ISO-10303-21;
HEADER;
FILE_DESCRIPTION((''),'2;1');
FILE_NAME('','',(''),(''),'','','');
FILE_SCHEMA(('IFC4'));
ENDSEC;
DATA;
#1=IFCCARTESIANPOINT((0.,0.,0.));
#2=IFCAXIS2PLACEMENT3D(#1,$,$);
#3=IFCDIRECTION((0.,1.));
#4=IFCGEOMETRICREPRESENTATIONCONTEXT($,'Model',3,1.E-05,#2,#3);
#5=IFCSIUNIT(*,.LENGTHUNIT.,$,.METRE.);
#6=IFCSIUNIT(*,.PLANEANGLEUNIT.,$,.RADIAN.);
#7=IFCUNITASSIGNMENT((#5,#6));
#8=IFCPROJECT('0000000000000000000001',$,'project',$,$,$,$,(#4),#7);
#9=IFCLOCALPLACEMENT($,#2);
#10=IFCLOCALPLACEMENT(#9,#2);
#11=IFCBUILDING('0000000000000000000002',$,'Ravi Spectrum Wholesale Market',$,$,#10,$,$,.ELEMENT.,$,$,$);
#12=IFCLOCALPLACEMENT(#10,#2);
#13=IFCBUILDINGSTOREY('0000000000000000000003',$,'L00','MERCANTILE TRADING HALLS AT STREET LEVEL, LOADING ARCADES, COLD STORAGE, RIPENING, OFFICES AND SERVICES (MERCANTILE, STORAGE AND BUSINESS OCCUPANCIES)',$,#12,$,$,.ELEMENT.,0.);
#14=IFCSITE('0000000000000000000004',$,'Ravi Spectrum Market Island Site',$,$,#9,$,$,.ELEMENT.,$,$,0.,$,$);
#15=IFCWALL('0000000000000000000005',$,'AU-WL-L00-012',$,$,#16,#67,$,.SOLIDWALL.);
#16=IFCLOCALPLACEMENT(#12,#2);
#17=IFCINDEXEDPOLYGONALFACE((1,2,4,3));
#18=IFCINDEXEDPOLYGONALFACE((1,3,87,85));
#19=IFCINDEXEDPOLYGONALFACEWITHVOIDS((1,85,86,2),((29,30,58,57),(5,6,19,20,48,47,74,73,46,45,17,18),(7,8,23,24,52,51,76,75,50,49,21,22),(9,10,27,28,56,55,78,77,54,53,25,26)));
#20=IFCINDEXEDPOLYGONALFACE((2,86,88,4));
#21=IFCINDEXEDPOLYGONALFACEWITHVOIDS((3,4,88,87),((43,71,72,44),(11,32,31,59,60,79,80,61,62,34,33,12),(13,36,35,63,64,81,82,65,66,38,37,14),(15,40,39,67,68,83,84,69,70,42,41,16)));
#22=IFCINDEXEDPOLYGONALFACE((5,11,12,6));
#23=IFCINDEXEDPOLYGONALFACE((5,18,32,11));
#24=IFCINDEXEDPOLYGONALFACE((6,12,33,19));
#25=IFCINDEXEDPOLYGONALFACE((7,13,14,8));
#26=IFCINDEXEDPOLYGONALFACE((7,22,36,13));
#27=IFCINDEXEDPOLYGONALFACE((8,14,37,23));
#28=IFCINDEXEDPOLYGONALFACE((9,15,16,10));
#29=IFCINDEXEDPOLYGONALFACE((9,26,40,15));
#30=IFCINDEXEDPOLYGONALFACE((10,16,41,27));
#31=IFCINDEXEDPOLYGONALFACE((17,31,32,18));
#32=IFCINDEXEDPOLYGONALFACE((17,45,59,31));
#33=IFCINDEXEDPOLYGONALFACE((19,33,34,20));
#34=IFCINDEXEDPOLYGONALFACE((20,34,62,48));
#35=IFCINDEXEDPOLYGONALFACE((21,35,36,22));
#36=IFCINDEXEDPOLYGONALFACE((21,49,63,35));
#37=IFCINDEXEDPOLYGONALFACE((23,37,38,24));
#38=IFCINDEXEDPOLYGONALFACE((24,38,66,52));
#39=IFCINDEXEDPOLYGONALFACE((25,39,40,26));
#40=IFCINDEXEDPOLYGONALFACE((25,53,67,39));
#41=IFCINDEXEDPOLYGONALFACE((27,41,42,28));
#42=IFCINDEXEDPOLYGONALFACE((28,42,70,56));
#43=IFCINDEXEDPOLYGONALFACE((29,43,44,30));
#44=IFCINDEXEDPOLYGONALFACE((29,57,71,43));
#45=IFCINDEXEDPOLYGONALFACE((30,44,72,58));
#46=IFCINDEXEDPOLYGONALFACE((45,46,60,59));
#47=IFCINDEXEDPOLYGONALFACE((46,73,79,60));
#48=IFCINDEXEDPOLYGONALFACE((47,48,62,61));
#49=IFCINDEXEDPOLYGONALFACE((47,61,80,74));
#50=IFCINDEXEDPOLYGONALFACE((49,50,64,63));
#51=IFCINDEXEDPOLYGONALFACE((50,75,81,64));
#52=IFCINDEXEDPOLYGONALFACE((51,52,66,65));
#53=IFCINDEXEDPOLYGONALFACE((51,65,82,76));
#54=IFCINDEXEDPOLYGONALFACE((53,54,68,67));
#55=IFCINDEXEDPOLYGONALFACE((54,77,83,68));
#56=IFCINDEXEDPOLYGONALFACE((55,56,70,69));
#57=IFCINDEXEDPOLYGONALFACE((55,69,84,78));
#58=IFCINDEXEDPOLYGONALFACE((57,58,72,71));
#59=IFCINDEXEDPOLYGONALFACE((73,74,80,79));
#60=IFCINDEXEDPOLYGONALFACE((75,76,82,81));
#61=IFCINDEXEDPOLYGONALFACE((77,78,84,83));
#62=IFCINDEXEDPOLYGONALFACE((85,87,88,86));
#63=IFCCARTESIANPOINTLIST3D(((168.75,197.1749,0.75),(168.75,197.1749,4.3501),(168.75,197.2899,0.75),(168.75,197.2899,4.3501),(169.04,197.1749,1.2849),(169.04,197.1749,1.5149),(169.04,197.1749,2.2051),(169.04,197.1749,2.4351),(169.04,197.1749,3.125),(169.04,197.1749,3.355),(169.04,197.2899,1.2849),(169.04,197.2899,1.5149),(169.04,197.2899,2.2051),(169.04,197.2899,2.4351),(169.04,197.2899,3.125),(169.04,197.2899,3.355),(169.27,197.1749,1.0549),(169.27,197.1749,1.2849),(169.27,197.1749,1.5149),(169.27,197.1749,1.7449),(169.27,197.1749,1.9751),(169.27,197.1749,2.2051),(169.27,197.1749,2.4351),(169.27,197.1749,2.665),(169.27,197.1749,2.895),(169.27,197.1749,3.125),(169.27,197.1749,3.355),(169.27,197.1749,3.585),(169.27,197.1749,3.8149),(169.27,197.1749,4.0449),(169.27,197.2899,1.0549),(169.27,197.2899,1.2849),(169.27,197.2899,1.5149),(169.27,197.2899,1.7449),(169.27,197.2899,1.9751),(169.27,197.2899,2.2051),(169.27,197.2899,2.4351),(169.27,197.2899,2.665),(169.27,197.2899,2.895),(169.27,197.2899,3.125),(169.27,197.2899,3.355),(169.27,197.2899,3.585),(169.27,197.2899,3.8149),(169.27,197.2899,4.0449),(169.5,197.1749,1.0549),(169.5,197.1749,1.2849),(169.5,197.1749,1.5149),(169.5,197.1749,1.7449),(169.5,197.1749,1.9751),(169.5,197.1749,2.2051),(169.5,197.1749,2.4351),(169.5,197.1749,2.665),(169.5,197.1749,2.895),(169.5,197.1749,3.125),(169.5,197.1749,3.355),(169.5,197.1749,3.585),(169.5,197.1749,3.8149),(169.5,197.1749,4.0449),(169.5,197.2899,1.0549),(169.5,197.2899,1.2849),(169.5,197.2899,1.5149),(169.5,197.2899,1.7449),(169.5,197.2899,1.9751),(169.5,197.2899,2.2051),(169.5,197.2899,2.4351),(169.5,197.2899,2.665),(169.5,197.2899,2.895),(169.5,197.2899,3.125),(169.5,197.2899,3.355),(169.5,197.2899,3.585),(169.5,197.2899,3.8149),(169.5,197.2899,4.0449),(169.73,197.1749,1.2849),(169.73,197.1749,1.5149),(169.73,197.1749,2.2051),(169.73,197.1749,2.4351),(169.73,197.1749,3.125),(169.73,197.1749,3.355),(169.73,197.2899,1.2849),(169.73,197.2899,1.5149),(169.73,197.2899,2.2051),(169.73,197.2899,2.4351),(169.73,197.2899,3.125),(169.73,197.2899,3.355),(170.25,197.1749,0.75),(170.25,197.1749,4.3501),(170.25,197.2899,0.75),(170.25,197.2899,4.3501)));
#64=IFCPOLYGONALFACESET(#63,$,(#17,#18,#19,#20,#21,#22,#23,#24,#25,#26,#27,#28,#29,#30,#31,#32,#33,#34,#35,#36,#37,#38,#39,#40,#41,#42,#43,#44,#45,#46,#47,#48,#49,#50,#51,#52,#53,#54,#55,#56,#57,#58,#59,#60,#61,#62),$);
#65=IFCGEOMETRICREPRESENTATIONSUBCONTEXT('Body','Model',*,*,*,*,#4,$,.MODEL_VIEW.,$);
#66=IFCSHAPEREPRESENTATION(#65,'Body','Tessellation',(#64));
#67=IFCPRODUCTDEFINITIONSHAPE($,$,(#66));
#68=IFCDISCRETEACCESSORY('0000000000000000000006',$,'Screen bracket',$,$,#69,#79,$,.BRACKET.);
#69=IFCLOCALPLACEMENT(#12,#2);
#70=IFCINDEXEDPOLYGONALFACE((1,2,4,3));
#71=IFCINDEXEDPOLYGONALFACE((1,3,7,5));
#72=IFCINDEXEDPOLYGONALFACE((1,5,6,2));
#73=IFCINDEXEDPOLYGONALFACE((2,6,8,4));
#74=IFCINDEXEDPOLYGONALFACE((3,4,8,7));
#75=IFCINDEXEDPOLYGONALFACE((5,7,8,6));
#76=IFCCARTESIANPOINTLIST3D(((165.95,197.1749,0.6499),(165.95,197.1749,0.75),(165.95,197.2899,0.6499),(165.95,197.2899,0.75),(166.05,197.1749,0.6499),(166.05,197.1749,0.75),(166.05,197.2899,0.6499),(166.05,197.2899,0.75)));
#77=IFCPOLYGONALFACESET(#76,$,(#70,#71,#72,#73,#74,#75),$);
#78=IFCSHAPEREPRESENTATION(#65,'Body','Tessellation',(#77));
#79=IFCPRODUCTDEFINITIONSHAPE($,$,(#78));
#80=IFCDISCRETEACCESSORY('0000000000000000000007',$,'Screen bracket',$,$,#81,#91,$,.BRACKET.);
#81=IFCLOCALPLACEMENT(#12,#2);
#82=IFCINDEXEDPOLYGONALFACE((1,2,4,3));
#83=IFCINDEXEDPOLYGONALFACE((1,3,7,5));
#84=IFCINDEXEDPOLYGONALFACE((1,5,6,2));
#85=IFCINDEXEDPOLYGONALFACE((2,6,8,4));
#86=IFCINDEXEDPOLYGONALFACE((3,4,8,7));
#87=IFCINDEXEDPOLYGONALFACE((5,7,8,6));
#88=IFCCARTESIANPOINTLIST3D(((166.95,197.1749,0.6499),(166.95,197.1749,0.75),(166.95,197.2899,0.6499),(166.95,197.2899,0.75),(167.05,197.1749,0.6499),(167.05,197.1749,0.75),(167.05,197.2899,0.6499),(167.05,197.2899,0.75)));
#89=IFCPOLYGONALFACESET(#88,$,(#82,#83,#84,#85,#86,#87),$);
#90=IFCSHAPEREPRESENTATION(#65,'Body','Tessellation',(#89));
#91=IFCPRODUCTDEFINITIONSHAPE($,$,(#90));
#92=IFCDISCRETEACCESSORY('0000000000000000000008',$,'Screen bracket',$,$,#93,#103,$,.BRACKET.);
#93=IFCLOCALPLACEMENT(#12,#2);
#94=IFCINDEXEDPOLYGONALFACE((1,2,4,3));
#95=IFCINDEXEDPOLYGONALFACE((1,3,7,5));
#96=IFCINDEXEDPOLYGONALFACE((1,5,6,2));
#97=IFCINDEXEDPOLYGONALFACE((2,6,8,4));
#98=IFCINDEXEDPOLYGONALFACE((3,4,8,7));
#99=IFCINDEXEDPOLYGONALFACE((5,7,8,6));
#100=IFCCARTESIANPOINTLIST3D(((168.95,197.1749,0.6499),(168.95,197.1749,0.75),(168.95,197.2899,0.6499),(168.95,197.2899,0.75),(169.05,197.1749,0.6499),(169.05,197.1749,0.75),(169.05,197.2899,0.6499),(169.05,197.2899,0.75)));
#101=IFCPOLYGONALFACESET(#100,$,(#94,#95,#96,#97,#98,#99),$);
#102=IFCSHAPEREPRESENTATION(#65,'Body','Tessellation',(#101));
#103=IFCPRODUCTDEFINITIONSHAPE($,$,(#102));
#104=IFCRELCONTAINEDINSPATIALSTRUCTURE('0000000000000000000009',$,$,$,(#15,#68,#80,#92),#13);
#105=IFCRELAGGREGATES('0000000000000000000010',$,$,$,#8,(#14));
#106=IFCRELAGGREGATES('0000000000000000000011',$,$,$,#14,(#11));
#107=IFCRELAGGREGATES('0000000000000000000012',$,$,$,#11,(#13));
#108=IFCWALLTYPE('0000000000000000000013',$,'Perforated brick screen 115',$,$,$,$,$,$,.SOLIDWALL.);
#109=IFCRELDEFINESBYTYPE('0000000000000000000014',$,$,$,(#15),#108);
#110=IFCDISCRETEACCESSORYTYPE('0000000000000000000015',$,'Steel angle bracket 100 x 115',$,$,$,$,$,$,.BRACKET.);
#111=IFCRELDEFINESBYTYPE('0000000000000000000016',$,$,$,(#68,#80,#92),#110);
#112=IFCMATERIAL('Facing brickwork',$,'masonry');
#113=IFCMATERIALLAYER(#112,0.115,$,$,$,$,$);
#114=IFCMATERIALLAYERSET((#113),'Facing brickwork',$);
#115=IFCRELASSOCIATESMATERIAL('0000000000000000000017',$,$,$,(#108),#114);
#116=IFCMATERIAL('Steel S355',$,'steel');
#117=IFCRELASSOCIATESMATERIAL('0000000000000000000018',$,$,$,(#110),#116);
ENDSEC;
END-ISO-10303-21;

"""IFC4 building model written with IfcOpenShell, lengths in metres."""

from ifc_helpers import new_model, si_unit, direction, frame, frame_2d, origin, origin_2d, place, context, subcontext, project, spatial, rectangle, extrude, material, layer, layer_set, type_object, element, save


model = new_model("IFC4")

# Units and contexts
model_context = context("Model", 3, precision=1e-05, world=origin(), true_north=direction((0.0, 1.0)))
body_context = subcontext(model_context, "Body", "Model", "MODEL_VIEW")
ifc_project = project(units=[si_unit("LENGTHUNIT", "METRE"), si_unit("PLANEANGLEUNIT", "RADIAN")], contexts=[model_context])

# Site, building, storey
site_placement = place(None, origin())
site = spatial("IfcSite", under=ifc_project, at=site_placement, Name="Ravi Spectrum Market Island Site", CompositionType="ELEMENT", RefElevation=0.0)
building_placement = place(site_placement, origin())
building = spatial("IfcBuilding", under=site, at=building_placement, Name="Ravi Spectrum Wholesale Market", CompositionType="ELEMENT")
storey_placement = place(building_placement, origin())
storey = spatial("IfcBuildingStorey", under=building, at=storey_placement, Name="L00", Description="MERCANTILE TRADING HALLS AT STREET LEVEL, LOADING ARCADES, COLD STORAGE, RIPENING, OFFICES AND SERVICES (MERCANTILE, STORAGE AND BUSINESS OCCUPANCIES)", CompositionType="ELEMENT", Elevation=0.0)

# Wall, openings
ifc_material_1 = material(Name="Facing brickwork", Category="masonry")
ifc_layer = layer(ifc_material_1, 0.115)
ifc_layer_set = layer_set([ifc_layer], Name="Facing brickwork")
wall_type = type_object("IfcWallType", Name="Perforated brick screen 115", PredefinedType="SOLIDWALL", material=ifc_layer_set)
wall_placement = place(storey_placement, frame((168.75, 197.2324, 0.75), z_axis=(0.0, 0.0, 1.0), x_axis=(1.0, 0.0, 0.0)))
wall = element("IfcWall", 1, at=wall_placement, inside=storey, type_object=wall_type, Name="AU-WL-L00-012", PredefinedType="SOLIDWALL", context=body_context, shape_type="SweptSolid", body=[
    extrude(rectangle(XDim=1.5, YDim=0.115, at=frame_2d((0.75, 0.0))), origin(), (0.0, 0.0, 1.0), 3.6001),
])
opening_1_placement = place(wall_placement, frame((0.52, 0.0, 0.3049)))
element("IfcOpeningElement", 2, at=opening_1_placement, cuts=wall, PredefinedType="OPENING", context=body_context, shape_type="SweptSolid", body=[
    extrude(rectangle(XDim=0.23, YDim=0.23, at=frame_2d((0.115, 0.115))), frame((0.0, 0.0674, 0.0), z_axis=(0.0, -1.0, 0.0), x_axis=(1.0, 0.0, 0.0)), (0.0, 0.0, 1.0), 0.135),
])
opening_2_placement = place(wall_placement, frame((0.29, 0.0, 0.5349)))
element("IfcOpeningElement", 3, at=opening_2_placement, cuts=wall, PredefinedType="OPENING", context=body_context, shape_type="SweptSolid", body=[
    extrude(rectangle(XDim=0.23, YDim=0.23, at=frame_2d((0.115, 0.115))), frame((0.0, 0.0674, 0.0), z_axis=(0.0, -1.0, 0.0), x_axis=(1.0, 0.0, 0.0)), (0.0, 0.0, 1.0), 0.135),
])
opening_3_placement = place(wall_placement, frame((0.52, 0.0, 0.5349)))
element("IfcOpeningElement", 4, at=opening_3_placement, cuts=wall, PredefinedType="OPENING", context=body_context, shape_type="SweptSolid", body=[
    extrude(rectangle(XDim=0.23, YDim=0.23, at=frame_2d((0.115, 0.115))), frame((0.0, 0.0674, 0.0), z_axis=(0.0, -1.0, 0.0), x_axis=(1.0, 0.0, 0.0)), (0.0, 0.0, 1.0), 0.135),
])
opening_4_placement = place(wall_placement, frame((0.75, 0.0, 0.5349)))
element("IfcOpeningElement", 5, at=opening_4_placement, cuts=wall, PredefinedType="OPENING", context=body_context, shape_type="SweptSolid", body=[
    extrude(rectangle(XDim=0.23, YDim=0.23, at=frame_2d((0.115, 0.115))), frame((0.0, 0.0674, 0.0), z_axis=(0.0, -1.0, 0.0), x_axis=(1.0, 0.0, 0.0)), (0.0, 0.0, 1.0), 0.135),
])
opening_5_placement = place(wall_placement, frame((0.52, 0.0, 0.7649)))
element("IfcOpeningElement", 6, at=opening_5_placement, cuts=wall, PredefinedType="OPENING", context=body_context, shape_type="SweptSolid", body=[
    extrude(rectangle(XDim=0.23, YDim=0.23, at=frame_2d((0.115, 0.115))), frame((0.0, 0.0674, 0.0), z_axis=(0.0, -1.0, 0.0), x_axis=(1.0, 0.0, 0.0)), (0.0, 0.0, 1.0), 0.135),
])
opening_6_placement = place(wall_placement, frame((0.52, 0.0, 1.2251)))
element("IfcOpeningElement", 7, at=opening_6_placement, cuts=wall, PredefinedType="OPENING", context=body_context, shape_type="SweptSolid", body=[
    extrude(rectangle(XDim=0.23, YDim=0.23, at=frame_2d((0.115, 0.115))), frame((0.0, 0.0674, 0.0), z_axis=(0.0, -1.0, 0.0), x_axis=(1.0, 0.0, 0.0)), (0.0, 0.0, 1.0), 0.135),
])
opening_7_placement = place(wall_placement, frame((0.29, 0.0, 1.4551)))
element("IfcOpeningElement", 8, at=opening_7_placement, cuts=wall, PredefinedType="OPENING", context=body_context, shape_type="SweptSolid", body=[
    extrude(rectangle(XDim=0.23, YDim=0.23, at=frame_2d((0.115, 0.115))), frame((0.0, 0.0674, 0.0), z_axis=(0.0, -1.0, 0.0), x_axis=(1.0, 0.0, 0.0)), (0.0, 0.0, 1.0), 0.135),
])
opening_8_placement = place(wall_placement, frame((0.52, 0.0, 1.4551)))
element("IfcOpeningElement", 9, at=opening_8_placement, cuts=wall, PredefinedType="OPENING", context=body_context, shape_type="SweptSolid", body=[
    extrude(rectangle(XDim=0.23, YDim=0.23, at=frame_2d((0.115, 0.115))), frame((0.0, 0.0674, 0.0), z_axis=(0.0, -1.0, 0.0), x_axis=(1.0, 0.0, 0.0)), (0.0, 0.0, 1.0), 0.135),
])
opening_9_placement = place(wall_placement, frame((0.75, 0.0, 1.4551)))
element("IfcOpeningElement", 10, at=opening_9_placement, cuts=wall, PredefinedType="OPENING", context=body_context, shape_type="SweptSolid", body=[
    extrude(rectangle(XDim=0.23, YDim=0.23, at=frame_2d((0.115, 0.115))), frame((0.0, 0.0674, 0.0), z_axis=(0.0, -1.0, 0.0), x_axis=(1.0, 0.0, 0.0)), (0.0, 0.0, 1.0), 0.135),
])
opening_10_placement = place(wall_placement, frame((0.52, 0.0, 1.6851)))
element("IfcOpeningElement", 11, at=opening_10_placement, cuts=wall, PredefinedType="OPENING", context=body_context, shape_type="SweptSolid", body=[
    extrude(rectangle(XDim=0.23, YDim=0.23, at=frame_2d((0.115, 0.115))), frame((0.0, 0.0674, 0.0), z_axis=(0.0, -1.0, 0.0), x_axis=(1.0, 0.0, 0.0)), (0.0, 0.0, 1.0), 0.135),
])
opening_11_placement = place(wall_placement, frame((0.52, 0.0, 2.145)))
element("IfcOpeningElement", 12, at=opening_11_placement, cuts=wall, PredefinedType="OPENING", context=body_context, shape_type="SweptSolid", body=[
    extrude(rectangle(XDim=0.23, YDim=0.23, at=frame_2d((0.115, 0.115))), frame((0.0, 0.0674, 0.0), z_axis=(0.0, -1.0, 0.0), x_axis=(1.0, 0.0, 0.0)), (0.0, 0.0, 1.0), 0.135),
])
opening_12_placement = place(wall_placement, frame((0.29, 0.0, 2.375)))
element("IfcOpeningElement", 13, at=opening_12_placement, cuts=wall, PredefinedType="OPENING", context=body_context, shape_type="SweptSolid", body=[
    extrude(rectangle(XDim=0.23, YDim=0.23, at=frame_2d((0.115, 0.115))), frame((0.0, 0.0674, 0.0), z_axis=(0.0, -1.0, 0.0), x_axis=(1.0, 0.0, 0.0)), (0.0, 0.0, 1.0), 0.135),
])
opening_13_placement = place(wall_placement, frame((0.52, 0.0, 2.375)))
element("IfcOpeningElement", 14, at=opening_13_placement, cuts=wall, PredefinedType="OPENING", context=body_context, shape_type="SweptSolid", body=[
    extrude(rectangle(XDim=0.23, YDim=0.23, at=frame_2d((0.115, 0.115))), frame((0.0, 0.0674, 0.0), z_axis=(0.0, -1.0, 0.0), x_axis=(1.0, 0.0, 0.0)), (0.0, 0.0, 1.0), 0.135),
])
opening_14_placement = place(wall_placement, frame((0.75, 0.0, 2.375)))
element("IfcOpeningElement", 15, at=opening_14_placement, cuts=wall, PredefinedType="OPENING", context=body_context, shape_type="SweptSolid", body=[
    extrude(rectangle(XDim=0.23, YDim=0.23, at=frame_2d((0.115, 0.115))), frame((0.0, 0.0674, 0.0), z_axis=(0.0, -1.0, 0.0), x_axis=(1.0, 0.0, 0.0)), (0.0, 0.0, 1.0), 0.135),
])
opening_15_placement = place(wall_placement, frame((0.52, 0.0, 2.605)))
element("IfcOpeningElement", 16, at=opening_15_placement, cuts=wall, PredefinedType="OPENING", context=body_context, shape_type="SweptSolid", body=[
    extrude(rectangle(XDim=0.23, YDim=0.23, at=frame_2d((0.115, 0.115))), frame((0.0, 0.0674, 0.0), z_axis=(0.0, -1.0, 0.0), x_axis=(1.0, 0.0, 0.0)), (0.0, 0.0, 1.0), 0.135),
])
opening_16_placement = place(wall_placement, frame((0.52, 0.0, 3.0649)))
element("IfcOpeningElement", 17, at=opening_16_placement, cuts=wall, PredefinedType="OPENING", context=body_context, shape_type="SweptSolid", body=[
    extrude(rectangle(XDim=0.23, YDim=0.23, at=frame_2d((0.115, 0.115))), frame((0.0, 0.0674, 0.0), z_axis=(0.0, -1.0, 0.0), x_axis=(1.0, 0.0, 0.0)), (0.0, 0.0, 1.0), 0.135),
])

# Discrete accessories
ifc_material_2 = material(Name="Steel S355", Category="steel")
discrete_accessory_type = type_object("IfcDiscreteAccessoryType", Name="Steel angle bracket 100 x 115", PredefinedType="BRACKET", material=ifc_material_2)
for number, where, z_axis, x_axis, name in (
    (18, (166.0, 197.2324, 0.6499), (0.0, 0.0, 1.0), (1.0, 0.0, 0.0), "Screen bracket"),
    (19, (167.0, 197.2324, 0.6499), (0.0, 0.0, 1.0), (1.0, 0.0, 0.0), "Screen bracket"),
    (20, (169.0, 197.2324, 0.6499), (0.0, 0.0, 1.0), (1.0, 0.0, 0.0), "Screen bracket"),
):
    element("IfcDiscreteAccessory", number, at=place(storey_placement, frame(where, z_axis=z_axis, x_axis=x_axis)), inside=storey, type_object=discrete_accessory_type, Name=name, PredefinedType="BRACKET", context=body_context, shape_type="SweptSolid", body=[
        extrude(rectangle(XDim=0.1001, YDim=0.115, at=origin_2d()), origin(), (0.0, 0.0, 1.0), 0.1001),
    ])

save(model, "model.ifc")
